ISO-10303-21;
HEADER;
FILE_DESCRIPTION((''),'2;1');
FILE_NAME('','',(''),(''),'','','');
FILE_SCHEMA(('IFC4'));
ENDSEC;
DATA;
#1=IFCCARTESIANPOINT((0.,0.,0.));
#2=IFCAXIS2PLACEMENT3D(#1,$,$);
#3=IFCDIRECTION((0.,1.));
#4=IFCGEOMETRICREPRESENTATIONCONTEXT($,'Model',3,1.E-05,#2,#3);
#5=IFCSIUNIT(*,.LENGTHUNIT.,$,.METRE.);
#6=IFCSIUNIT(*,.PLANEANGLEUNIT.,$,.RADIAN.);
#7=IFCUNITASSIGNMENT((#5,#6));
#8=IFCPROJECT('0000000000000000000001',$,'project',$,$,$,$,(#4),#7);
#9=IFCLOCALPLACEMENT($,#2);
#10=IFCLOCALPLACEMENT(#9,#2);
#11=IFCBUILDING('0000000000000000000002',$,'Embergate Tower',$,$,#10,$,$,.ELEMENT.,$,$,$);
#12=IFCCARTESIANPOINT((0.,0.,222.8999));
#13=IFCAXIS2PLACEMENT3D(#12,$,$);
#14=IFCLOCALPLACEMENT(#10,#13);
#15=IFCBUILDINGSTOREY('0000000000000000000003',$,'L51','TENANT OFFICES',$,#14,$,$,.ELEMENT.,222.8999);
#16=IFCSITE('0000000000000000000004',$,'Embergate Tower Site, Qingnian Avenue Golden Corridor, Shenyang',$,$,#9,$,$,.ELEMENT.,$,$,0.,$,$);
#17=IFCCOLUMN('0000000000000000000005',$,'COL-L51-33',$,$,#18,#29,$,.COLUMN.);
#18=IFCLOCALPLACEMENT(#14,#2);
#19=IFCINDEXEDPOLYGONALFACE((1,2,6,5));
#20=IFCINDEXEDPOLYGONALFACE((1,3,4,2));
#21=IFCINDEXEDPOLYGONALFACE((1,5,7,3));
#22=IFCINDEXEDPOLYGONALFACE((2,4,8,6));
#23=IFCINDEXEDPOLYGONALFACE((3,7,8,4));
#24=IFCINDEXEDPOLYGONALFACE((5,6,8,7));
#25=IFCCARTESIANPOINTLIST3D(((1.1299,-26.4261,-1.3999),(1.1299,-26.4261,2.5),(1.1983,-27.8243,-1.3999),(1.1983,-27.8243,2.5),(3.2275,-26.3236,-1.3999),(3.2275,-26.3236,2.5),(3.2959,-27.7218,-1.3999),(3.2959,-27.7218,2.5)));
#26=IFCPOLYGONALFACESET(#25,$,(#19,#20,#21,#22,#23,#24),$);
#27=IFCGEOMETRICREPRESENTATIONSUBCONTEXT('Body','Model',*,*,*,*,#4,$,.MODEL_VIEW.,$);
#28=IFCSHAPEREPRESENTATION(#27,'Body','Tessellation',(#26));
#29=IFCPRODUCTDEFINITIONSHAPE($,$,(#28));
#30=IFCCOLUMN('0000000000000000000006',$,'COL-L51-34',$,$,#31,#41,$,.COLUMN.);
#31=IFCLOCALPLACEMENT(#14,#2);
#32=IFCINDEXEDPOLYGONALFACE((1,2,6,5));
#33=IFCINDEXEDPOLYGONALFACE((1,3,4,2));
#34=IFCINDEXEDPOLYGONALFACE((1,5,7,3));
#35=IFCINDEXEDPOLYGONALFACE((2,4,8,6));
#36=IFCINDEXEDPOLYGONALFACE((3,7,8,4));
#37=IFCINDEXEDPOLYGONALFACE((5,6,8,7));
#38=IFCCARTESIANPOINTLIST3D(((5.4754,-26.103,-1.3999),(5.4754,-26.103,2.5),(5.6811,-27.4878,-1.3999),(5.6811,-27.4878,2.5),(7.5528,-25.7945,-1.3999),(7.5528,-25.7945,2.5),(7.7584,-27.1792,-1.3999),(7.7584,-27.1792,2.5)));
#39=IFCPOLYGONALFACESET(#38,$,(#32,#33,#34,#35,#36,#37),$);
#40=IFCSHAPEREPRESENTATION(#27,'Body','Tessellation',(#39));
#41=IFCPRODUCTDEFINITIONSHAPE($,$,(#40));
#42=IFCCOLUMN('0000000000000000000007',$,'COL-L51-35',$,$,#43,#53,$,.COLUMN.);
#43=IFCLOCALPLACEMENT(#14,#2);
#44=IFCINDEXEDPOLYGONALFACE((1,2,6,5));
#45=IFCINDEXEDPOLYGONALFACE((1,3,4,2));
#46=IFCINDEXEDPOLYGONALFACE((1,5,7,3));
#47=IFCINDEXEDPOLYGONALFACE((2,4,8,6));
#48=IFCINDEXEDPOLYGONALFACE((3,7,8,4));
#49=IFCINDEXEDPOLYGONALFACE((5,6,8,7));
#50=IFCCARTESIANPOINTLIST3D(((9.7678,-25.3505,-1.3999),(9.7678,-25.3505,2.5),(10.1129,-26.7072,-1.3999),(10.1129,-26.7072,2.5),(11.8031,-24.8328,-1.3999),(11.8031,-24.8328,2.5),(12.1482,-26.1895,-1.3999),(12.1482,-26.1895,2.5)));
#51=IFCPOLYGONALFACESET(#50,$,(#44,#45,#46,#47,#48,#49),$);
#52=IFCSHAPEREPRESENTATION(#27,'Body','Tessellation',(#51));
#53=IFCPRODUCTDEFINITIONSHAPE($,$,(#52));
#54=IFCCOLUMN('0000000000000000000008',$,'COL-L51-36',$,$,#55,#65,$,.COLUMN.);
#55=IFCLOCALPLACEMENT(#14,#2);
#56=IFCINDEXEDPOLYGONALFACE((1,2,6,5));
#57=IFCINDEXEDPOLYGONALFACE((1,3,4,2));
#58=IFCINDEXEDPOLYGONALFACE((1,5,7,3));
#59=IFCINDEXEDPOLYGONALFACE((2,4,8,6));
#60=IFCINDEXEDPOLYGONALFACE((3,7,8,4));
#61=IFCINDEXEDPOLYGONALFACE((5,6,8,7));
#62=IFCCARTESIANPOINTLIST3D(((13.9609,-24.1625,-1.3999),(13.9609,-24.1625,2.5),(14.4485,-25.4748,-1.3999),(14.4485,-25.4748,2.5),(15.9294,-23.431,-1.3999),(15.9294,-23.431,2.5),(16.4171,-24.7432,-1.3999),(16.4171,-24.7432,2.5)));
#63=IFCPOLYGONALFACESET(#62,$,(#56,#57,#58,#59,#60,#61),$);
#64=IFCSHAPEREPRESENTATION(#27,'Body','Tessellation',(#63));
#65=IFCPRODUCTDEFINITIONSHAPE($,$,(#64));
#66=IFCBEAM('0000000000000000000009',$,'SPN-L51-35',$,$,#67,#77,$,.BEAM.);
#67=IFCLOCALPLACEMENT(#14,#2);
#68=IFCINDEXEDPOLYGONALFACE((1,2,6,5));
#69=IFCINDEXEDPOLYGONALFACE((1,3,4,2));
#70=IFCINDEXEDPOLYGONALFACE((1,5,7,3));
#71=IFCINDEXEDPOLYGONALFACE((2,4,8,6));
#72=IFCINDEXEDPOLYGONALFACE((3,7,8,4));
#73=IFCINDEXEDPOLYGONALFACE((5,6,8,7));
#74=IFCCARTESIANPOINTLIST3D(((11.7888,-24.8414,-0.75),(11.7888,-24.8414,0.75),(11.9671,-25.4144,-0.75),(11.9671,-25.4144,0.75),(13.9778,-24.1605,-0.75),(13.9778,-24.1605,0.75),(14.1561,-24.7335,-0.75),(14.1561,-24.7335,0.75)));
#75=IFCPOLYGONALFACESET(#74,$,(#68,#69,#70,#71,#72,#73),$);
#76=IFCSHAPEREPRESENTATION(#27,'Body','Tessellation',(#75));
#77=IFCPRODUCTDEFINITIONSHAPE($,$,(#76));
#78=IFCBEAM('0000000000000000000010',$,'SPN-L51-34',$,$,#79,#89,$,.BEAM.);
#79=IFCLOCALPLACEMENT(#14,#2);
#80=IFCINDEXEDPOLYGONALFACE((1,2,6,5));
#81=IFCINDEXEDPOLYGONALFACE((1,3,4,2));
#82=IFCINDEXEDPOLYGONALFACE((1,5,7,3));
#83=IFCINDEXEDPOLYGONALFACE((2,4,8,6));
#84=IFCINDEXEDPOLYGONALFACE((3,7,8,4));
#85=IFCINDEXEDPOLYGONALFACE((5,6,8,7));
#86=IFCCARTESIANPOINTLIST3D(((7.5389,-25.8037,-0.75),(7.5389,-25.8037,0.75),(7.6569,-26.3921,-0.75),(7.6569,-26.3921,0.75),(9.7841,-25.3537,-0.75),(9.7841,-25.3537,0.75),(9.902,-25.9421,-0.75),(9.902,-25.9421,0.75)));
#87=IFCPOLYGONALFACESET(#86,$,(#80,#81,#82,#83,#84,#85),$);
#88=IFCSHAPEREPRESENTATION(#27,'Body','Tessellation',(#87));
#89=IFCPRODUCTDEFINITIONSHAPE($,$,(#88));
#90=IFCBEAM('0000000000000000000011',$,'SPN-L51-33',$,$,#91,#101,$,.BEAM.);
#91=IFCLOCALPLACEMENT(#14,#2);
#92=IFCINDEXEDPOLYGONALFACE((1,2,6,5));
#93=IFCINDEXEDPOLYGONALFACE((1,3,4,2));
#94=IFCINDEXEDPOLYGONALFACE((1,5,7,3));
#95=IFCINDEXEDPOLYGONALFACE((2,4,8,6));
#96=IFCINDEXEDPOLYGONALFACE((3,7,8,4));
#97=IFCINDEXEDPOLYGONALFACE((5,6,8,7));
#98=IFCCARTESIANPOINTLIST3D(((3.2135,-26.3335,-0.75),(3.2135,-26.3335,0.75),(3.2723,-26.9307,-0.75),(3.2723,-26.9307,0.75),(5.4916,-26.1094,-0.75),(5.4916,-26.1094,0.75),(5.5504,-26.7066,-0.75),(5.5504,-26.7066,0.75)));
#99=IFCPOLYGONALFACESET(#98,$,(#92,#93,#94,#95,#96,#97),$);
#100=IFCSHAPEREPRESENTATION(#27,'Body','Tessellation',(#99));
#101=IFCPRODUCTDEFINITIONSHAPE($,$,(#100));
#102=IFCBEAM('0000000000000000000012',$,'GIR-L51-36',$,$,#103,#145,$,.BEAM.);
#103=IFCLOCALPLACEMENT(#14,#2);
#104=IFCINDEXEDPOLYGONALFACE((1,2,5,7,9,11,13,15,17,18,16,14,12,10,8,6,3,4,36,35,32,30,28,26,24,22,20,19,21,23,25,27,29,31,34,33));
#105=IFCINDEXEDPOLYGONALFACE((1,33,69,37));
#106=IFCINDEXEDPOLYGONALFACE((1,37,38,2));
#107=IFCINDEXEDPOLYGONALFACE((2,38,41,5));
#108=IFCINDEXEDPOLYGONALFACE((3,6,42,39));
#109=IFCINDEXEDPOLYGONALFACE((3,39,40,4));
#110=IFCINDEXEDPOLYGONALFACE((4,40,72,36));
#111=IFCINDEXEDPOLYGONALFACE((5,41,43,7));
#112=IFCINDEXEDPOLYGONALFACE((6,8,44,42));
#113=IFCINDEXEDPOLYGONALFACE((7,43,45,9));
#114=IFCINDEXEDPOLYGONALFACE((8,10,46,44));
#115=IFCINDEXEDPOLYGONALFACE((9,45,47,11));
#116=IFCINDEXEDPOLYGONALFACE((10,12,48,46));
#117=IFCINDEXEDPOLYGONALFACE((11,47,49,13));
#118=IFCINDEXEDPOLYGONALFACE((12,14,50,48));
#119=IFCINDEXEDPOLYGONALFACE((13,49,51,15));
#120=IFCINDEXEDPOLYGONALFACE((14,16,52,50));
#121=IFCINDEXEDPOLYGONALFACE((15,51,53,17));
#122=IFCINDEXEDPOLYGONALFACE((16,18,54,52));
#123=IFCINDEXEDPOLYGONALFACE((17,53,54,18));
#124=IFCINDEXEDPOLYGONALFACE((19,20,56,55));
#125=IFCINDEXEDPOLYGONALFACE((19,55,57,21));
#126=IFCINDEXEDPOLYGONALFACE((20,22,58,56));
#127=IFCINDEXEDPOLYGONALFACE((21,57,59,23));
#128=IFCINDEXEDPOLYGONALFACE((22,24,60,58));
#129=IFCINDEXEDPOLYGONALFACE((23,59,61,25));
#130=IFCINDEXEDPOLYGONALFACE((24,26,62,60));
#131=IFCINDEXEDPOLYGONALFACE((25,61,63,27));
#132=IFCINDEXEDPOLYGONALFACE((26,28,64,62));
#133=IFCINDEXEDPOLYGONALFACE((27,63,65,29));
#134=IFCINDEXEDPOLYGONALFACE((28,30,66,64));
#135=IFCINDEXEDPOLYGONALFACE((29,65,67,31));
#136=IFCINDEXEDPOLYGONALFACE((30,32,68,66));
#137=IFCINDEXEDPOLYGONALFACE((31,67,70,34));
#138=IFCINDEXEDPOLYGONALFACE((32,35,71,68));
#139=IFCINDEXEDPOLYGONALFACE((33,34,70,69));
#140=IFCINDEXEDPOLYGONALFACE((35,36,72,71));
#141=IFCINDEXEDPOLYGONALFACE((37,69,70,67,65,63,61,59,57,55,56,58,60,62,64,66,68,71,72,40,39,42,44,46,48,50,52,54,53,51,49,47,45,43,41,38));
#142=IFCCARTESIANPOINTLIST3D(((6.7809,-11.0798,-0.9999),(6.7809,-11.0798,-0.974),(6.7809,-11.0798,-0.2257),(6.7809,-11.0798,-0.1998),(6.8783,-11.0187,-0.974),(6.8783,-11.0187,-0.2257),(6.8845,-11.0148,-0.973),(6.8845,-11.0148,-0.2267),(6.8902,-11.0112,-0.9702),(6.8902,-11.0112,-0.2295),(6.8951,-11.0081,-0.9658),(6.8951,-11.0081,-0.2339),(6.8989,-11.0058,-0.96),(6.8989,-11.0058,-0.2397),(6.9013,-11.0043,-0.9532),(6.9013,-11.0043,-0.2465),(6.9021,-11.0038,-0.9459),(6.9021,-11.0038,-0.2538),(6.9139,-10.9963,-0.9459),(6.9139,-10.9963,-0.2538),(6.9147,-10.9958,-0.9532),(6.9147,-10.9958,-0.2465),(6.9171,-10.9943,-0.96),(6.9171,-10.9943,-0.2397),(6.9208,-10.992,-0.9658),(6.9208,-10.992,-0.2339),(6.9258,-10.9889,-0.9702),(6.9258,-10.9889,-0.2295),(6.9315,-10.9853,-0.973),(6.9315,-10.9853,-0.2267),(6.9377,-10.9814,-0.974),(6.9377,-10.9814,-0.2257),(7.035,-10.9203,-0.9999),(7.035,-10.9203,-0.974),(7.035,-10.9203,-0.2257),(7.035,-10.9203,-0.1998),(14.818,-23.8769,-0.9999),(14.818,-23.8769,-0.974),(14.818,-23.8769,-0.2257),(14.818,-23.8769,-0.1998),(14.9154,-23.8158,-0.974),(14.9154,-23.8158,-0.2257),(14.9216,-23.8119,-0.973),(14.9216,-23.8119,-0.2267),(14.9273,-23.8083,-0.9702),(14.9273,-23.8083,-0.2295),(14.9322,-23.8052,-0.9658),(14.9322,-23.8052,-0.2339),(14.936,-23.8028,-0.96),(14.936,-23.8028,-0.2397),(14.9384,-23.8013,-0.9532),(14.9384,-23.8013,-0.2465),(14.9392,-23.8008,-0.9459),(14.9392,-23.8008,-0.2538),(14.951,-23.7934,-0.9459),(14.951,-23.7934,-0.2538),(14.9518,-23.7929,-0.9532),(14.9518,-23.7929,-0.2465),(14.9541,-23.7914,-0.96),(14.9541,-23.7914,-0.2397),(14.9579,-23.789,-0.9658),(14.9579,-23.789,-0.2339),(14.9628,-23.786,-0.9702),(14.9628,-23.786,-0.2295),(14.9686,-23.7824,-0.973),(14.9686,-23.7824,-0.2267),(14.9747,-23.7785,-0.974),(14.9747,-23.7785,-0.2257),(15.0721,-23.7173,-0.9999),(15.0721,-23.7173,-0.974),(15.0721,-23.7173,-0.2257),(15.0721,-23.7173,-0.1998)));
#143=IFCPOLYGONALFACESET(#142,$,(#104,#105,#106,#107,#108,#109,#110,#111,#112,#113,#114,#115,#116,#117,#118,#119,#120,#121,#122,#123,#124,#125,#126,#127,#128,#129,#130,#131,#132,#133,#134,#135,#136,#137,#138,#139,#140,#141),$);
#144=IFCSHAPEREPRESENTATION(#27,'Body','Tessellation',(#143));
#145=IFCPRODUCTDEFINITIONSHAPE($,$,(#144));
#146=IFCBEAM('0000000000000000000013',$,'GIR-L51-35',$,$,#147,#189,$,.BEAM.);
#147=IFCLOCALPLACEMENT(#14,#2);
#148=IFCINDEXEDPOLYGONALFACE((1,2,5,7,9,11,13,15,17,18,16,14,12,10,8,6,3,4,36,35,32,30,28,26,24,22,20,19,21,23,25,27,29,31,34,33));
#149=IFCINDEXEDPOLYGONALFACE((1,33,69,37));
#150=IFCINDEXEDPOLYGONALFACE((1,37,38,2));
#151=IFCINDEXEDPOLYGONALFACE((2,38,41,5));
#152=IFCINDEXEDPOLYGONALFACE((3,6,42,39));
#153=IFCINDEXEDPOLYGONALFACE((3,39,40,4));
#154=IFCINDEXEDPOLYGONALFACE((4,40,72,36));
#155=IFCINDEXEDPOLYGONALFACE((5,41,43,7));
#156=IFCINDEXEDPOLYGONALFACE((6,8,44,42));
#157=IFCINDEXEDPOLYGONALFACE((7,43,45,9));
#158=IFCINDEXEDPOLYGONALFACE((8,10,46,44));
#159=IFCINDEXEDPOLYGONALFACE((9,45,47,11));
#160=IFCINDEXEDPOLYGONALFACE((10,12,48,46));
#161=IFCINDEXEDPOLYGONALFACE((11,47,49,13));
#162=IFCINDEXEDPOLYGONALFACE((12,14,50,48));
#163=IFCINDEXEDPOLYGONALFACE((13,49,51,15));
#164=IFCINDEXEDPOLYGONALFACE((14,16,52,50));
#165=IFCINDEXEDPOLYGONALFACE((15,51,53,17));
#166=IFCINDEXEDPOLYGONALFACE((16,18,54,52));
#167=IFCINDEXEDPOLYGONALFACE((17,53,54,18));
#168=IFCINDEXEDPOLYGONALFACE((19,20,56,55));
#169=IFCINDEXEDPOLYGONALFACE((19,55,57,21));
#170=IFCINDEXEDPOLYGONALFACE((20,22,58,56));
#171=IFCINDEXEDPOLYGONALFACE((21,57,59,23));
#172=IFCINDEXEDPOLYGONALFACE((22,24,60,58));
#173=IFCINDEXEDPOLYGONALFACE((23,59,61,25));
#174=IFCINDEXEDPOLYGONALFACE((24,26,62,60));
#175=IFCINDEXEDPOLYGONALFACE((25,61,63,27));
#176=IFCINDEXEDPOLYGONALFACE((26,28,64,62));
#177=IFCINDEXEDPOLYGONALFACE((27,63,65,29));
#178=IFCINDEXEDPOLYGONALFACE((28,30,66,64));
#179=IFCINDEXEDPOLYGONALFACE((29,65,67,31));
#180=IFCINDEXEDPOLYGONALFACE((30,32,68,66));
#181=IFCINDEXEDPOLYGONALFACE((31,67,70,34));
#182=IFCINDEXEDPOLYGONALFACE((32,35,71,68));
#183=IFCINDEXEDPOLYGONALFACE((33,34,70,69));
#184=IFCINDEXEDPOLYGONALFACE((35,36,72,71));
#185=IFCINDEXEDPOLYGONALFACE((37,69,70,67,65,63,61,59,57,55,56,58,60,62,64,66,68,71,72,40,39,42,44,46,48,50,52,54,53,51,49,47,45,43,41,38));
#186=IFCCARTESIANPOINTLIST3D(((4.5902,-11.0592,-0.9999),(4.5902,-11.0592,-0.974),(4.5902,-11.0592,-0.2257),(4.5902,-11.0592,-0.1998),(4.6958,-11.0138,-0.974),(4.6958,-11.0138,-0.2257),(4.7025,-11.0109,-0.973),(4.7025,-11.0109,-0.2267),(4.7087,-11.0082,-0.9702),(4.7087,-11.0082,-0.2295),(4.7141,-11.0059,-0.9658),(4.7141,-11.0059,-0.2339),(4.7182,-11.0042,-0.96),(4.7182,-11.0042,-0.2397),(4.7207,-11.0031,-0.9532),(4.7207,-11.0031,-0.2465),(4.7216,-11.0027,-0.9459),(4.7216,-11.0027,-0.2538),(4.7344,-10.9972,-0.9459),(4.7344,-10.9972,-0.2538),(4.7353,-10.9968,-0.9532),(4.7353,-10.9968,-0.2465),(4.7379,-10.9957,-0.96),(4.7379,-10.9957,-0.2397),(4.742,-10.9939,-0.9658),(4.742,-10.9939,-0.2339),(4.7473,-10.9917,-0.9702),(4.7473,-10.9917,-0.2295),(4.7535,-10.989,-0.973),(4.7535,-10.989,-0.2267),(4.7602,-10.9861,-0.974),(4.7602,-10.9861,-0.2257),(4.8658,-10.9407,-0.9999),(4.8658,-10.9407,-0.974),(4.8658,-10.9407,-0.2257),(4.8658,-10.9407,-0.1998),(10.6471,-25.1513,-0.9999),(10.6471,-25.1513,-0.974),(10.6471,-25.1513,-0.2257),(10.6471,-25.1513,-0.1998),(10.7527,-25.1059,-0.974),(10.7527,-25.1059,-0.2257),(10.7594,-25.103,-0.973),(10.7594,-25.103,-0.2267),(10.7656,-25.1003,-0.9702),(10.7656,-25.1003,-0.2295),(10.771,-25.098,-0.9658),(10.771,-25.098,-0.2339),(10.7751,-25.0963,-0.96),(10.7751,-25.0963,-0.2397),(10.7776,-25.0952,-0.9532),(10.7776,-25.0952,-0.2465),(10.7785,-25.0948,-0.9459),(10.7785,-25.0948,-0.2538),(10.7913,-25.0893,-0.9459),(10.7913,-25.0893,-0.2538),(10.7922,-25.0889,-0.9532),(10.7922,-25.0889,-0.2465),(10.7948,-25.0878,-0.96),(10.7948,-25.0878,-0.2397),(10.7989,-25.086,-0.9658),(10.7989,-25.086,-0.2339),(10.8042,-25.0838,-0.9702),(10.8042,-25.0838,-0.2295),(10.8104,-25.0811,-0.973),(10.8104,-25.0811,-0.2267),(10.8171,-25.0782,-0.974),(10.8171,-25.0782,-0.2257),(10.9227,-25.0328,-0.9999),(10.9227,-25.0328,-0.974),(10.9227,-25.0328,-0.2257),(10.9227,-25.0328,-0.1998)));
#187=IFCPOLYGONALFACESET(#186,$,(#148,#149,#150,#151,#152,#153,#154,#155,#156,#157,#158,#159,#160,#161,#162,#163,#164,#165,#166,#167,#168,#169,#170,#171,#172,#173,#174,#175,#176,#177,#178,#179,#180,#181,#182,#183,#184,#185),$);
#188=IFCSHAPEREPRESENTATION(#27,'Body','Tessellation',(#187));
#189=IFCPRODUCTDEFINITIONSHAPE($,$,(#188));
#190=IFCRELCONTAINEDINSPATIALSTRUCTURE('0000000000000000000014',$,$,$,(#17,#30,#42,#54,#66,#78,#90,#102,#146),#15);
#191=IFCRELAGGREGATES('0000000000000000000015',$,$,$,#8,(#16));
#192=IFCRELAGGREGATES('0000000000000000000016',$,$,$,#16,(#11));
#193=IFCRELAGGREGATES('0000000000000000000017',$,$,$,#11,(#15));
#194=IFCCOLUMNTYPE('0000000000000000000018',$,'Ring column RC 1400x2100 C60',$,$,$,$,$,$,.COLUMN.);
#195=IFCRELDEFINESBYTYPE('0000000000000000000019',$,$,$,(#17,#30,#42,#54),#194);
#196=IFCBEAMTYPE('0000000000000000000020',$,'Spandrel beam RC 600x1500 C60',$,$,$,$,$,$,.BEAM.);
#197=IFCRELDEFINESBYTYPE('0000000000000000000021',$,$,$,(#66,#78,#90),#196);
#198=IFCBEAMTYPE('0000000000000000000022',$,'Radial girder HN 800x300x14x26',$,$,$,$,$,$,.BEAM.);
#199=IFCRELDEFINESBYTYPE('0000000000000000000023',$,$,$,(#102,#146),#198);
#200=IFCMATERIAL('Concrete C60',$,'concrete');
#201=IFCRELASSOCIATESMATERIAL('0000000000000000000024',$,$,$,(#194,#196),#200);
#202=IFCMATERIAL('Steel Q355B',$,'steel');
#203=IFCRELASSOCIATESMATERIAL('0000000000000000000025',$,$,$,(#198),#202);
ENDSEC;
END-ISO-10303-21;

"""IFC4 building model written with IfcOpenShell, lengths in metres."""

from ifc_helpers import new_model, si_unit, direction, frame, origin, origin_2d, place, context, subcontext, project, spatial, rectangle, i_section, extrude, source, transform, mapped, material, material_profile, profile_set, type_object, element, save


model = new_model("IFC4")

# Units and contexts
model_context = context("Model", 3, precision=1e-05, world=origin(), true_north=direction((0.0, 1.0)))
body_context = subcontext(model_context, "Body", "Model", "MODEL_VIEW")
ifc_project = project(units=[si_unit("LENGTHUNIT", "METRE"), si_unit("PLANEANGLEUNIT", "RADIAN")], contexts=[model_context])

# Site, building, storey
site_placement = place(None, origin())
site = spatial("IfcSite", under=ifc_project, at=site_placement, Name="Embergate Tower Site, Qingnian Avenue Golden Corridor, Shenyang", CompositionType="ELEMENT", RefElevation=0.0)
building_placement = place(site_placement, origin())
building = spatial("IfcBuilding", under=site, at=building_placement, Name="Embergate Tower", CompositionType="ELEMENT")
storey_placement = place(building_placement, frame((0.0, 0.0, 222.8999)))
storey = spatial("IfcBuildingStorey", under=building, at=storey_placement, Name="L51", Description="TENANT OFFICES", CompositionType="ELEMENT", Elevation=222.8999)

# Columns
ifc_material_1 = material(Name="Concrete C60", Category="concrete")
ifc_material_profile_1 = material_profile(ifc_material_1, rectangle(XDim=1.3999, YDim=2.1001, at=origin_2d()), Name="RC 1400x2100")
ifc_profile_set_1 = profile_set([ifc_material_profile_1], Name="Concrete C60")
column_type = type_object("IfcColumnType", Name="Ring column RC 1400x2100 C60", PredefinedType="COLUMN", material=ifc_profile_set_1)
shared_shape_1 = source(origin(), body_context, "Body", "SweptSolid", [
    extrude(rectangle(XDim=1.3999, YDim=2.1001, at=origin_2d()), origin(), (0.0, 0.0, 1.0), 3.8999),
])
for number, where, z_axis, x_axis, name in (
    (1, (2.2129, -27.074, -1.3999), (0.0, 0.0, 1.0), (0.048815, -0.998808, 0.0), "COL-L51-33"),
    (2, (6.6169, -26.6411, -1.3999), (0.0, 0.0, 1.0), (0.146929, -0.989147, 0.0), "COL-L51-34"),
    (3, (10.958, -25.77, -1.3999), (0.0, 0.0, 1.0), (0.246509, -0.969141, 0.0), "COL-L51-35"),
    (4, (15.189, -24.4529, -1.3999), (0.0, 0.0, 1.0), (0.348343, -0.937367, 0.0), "COL-L51-36"),
):
    element("IfcColumn", number, at=place(storey_placement, frame(where, z_axis=z_axis, x_axis=x_axis)), inside=storey, type_object=column_type, Name=name, PredefinedType="COLUMN", context=body_context, shape_type="MappedRepresentation", body=[
        mapped(shared_shape_1, transform((0.0, 0.0, 0.0))),
    ])

# Beams
ifc_material_profile_2 = material_profile(ifc_material_1, rectangle(XDim=0.6001, YDim=1.5, at=origin_2d()), Name="RC 600x1500")
ifc_profile_set_2 = profile_set([ifc_material_profile_2], Name="Concrete C60")
beam_type_1 = type_object("IfcBeamType", Name="Spandrel beam RC 600x1500 C60", PredefinedType="BEAM", material=ifc_profile_set_2)
shared_shape_2 = source(origin(), body_context, "Body", "SweptSolid", [
    extrude(rectangle(XDim=0.6001, YDim=1.5, at=origin_2d()), origin(), (0.0, 0.0, 1.0), 2.2925),
])
beam_1_placement = place(storey_placement, frame((11.8779, -25.1279, 0.0), z_axis=(0.95487, 0.297026, 0.0), x_axis=(-0.297026, 0.95487, 0.0)))
element("IfcBeam", 5, at=beam_1_placement, inside=storey, type_object=beam_type_1, Name="SPN-L51-35", PredefinedType="BEAM", context=body_context, shape_type="MappedRepresentation", body=[
    mapped(shared_shape_2, transform((0.0, 0.0, 0.0))),
])
shared_shape_3 = source(origin(), body_context, "Body", "SweptSolid", [
    extrude(rectangle(XDim=0.6001, YDim=1.5, at=origin_2d()), origin(), (0.0, 0.0, 1.0), 2.2898),
])
beam_2_placement = place(storey_placement, frame((7.5979, -26.0979, 0.0), z_axis=(0.980503, 0.196506, 0.0), x_axis=(-0.196506, 0.980503, 0.0)))
element("IfcBeam", 6, at=beam_2_placement, inside=storey, type_object=beam_type_1, Name="SPN-L51-34", PredefinedType="BEAM", context=body_context, shape_type="MappedRepresentation", body=[
    mapped(shared_shape_3, transform((0.0, 0.0, 0.0))),
])
shared_shape_4 = source(origin(), body_context, "Body", "SweptSolid", [
    extrude(rectangle(XDim=0.6001, YDim=1.5, at=origin_2d()), origin(), (0.0, 0.0, 1.0), 2.2891),
])
beam_3_placement = place(storey_placement, frame((3.2429, -26.6321, 0.0), z_axis=(0.995195, 0.097909, 0.0), x_axis=(-0.097909, 0.995195, 0.0)))
element("IfcBeam", 7, at=beam_3_placement, inside=storey, type_object=beam_type_1, Name="SPN-L51-33", PredefinedType="BEAM", context=body_context, shape_type="MappedRepresentation", body=[
    mapped(shared_shape_4, transform((0.0, 0.0, 0.0))),
])
ifc_material_2 = material(Name="Steel Q355B", Category="steel")
ifc_material_profile_3 = material_profile(ifc_material_2, i_section(OverallWidth=0.3, OverallDepth=0.8, WebThickness=0.0139, FlangeThickness=0.0259, FilletRadius=0.0281, at=origin_2d()), Name="HN 800x300x14x26")
ifc_profile_set_3 = profile_set([ifc_material_profile_3], Name="Steel Q355 grade B")
beam_type_2 = type_object("IfcBeamType", Name="Radial girder HN 800x300x14x26", PredefinedType="BEAM", material=ifc_profile_set_3)
shared_shape_5 = source(origin(), body_context, "Body", "SweptSolid", [
    extrude(i_section(OverallWidth=0.3, OverallDepth=0.8, WebThickness=0.0139, FlangeThickness=0.0259, FilletRadius=0.0281, at=origin_2d()), origin(), (0.0, 0.0, 1.0), 15.1116),
])
beam_4_placement = place(storey_placement, frame((14.9451, -23.7971, -0.5999), z_axis=(-0.531849, 0.846839, 0.0), x_axis=(-0.846839, -0.531849, 0.0)))
element("IfcBeam", 8, at=beam_4_placement, inside=storey, type_object=beam_type_2, Name="GIR-L51-36", PredefinedType="BEAM", context=body_context, shape_type="MappedRepresentation", body=[
    mapped(shared_shape_5, transform((0.0, 0.0, 0.0))),
])
shared_shape_6 = source(origin(), body_context, "Body", "SweptSolid", [
    extrude(i_section(OverallWidth=0.3, OverallDepth=0.8, WebThickness=0.0139, FlangeThickness=0.0259, FilletRadius=0.0281, at=origin_2d()), origin(), (0.0, 0.0, 1.0), 15.3386),
])
beam_5_placement = place(storey_placement, frame((10.7849, -25.092, -0.5999), z_axis=(-0.39488, 0.918733, 0.0), x_axis=(-0.918733, -0.39488, 0.0)))
element("IfcBeam", 9, at=beam_5_placement, inside=storey, type_object=beam_type_2, Name="GIR-L51-35", PredefinedType="BEAM", context=body_context, shape_type="MappedRepresentation", body=[
    mapped(shared_shape_6, transform((0.0, 0.0, 0.0))),
])

save(model, "model.ifc")
